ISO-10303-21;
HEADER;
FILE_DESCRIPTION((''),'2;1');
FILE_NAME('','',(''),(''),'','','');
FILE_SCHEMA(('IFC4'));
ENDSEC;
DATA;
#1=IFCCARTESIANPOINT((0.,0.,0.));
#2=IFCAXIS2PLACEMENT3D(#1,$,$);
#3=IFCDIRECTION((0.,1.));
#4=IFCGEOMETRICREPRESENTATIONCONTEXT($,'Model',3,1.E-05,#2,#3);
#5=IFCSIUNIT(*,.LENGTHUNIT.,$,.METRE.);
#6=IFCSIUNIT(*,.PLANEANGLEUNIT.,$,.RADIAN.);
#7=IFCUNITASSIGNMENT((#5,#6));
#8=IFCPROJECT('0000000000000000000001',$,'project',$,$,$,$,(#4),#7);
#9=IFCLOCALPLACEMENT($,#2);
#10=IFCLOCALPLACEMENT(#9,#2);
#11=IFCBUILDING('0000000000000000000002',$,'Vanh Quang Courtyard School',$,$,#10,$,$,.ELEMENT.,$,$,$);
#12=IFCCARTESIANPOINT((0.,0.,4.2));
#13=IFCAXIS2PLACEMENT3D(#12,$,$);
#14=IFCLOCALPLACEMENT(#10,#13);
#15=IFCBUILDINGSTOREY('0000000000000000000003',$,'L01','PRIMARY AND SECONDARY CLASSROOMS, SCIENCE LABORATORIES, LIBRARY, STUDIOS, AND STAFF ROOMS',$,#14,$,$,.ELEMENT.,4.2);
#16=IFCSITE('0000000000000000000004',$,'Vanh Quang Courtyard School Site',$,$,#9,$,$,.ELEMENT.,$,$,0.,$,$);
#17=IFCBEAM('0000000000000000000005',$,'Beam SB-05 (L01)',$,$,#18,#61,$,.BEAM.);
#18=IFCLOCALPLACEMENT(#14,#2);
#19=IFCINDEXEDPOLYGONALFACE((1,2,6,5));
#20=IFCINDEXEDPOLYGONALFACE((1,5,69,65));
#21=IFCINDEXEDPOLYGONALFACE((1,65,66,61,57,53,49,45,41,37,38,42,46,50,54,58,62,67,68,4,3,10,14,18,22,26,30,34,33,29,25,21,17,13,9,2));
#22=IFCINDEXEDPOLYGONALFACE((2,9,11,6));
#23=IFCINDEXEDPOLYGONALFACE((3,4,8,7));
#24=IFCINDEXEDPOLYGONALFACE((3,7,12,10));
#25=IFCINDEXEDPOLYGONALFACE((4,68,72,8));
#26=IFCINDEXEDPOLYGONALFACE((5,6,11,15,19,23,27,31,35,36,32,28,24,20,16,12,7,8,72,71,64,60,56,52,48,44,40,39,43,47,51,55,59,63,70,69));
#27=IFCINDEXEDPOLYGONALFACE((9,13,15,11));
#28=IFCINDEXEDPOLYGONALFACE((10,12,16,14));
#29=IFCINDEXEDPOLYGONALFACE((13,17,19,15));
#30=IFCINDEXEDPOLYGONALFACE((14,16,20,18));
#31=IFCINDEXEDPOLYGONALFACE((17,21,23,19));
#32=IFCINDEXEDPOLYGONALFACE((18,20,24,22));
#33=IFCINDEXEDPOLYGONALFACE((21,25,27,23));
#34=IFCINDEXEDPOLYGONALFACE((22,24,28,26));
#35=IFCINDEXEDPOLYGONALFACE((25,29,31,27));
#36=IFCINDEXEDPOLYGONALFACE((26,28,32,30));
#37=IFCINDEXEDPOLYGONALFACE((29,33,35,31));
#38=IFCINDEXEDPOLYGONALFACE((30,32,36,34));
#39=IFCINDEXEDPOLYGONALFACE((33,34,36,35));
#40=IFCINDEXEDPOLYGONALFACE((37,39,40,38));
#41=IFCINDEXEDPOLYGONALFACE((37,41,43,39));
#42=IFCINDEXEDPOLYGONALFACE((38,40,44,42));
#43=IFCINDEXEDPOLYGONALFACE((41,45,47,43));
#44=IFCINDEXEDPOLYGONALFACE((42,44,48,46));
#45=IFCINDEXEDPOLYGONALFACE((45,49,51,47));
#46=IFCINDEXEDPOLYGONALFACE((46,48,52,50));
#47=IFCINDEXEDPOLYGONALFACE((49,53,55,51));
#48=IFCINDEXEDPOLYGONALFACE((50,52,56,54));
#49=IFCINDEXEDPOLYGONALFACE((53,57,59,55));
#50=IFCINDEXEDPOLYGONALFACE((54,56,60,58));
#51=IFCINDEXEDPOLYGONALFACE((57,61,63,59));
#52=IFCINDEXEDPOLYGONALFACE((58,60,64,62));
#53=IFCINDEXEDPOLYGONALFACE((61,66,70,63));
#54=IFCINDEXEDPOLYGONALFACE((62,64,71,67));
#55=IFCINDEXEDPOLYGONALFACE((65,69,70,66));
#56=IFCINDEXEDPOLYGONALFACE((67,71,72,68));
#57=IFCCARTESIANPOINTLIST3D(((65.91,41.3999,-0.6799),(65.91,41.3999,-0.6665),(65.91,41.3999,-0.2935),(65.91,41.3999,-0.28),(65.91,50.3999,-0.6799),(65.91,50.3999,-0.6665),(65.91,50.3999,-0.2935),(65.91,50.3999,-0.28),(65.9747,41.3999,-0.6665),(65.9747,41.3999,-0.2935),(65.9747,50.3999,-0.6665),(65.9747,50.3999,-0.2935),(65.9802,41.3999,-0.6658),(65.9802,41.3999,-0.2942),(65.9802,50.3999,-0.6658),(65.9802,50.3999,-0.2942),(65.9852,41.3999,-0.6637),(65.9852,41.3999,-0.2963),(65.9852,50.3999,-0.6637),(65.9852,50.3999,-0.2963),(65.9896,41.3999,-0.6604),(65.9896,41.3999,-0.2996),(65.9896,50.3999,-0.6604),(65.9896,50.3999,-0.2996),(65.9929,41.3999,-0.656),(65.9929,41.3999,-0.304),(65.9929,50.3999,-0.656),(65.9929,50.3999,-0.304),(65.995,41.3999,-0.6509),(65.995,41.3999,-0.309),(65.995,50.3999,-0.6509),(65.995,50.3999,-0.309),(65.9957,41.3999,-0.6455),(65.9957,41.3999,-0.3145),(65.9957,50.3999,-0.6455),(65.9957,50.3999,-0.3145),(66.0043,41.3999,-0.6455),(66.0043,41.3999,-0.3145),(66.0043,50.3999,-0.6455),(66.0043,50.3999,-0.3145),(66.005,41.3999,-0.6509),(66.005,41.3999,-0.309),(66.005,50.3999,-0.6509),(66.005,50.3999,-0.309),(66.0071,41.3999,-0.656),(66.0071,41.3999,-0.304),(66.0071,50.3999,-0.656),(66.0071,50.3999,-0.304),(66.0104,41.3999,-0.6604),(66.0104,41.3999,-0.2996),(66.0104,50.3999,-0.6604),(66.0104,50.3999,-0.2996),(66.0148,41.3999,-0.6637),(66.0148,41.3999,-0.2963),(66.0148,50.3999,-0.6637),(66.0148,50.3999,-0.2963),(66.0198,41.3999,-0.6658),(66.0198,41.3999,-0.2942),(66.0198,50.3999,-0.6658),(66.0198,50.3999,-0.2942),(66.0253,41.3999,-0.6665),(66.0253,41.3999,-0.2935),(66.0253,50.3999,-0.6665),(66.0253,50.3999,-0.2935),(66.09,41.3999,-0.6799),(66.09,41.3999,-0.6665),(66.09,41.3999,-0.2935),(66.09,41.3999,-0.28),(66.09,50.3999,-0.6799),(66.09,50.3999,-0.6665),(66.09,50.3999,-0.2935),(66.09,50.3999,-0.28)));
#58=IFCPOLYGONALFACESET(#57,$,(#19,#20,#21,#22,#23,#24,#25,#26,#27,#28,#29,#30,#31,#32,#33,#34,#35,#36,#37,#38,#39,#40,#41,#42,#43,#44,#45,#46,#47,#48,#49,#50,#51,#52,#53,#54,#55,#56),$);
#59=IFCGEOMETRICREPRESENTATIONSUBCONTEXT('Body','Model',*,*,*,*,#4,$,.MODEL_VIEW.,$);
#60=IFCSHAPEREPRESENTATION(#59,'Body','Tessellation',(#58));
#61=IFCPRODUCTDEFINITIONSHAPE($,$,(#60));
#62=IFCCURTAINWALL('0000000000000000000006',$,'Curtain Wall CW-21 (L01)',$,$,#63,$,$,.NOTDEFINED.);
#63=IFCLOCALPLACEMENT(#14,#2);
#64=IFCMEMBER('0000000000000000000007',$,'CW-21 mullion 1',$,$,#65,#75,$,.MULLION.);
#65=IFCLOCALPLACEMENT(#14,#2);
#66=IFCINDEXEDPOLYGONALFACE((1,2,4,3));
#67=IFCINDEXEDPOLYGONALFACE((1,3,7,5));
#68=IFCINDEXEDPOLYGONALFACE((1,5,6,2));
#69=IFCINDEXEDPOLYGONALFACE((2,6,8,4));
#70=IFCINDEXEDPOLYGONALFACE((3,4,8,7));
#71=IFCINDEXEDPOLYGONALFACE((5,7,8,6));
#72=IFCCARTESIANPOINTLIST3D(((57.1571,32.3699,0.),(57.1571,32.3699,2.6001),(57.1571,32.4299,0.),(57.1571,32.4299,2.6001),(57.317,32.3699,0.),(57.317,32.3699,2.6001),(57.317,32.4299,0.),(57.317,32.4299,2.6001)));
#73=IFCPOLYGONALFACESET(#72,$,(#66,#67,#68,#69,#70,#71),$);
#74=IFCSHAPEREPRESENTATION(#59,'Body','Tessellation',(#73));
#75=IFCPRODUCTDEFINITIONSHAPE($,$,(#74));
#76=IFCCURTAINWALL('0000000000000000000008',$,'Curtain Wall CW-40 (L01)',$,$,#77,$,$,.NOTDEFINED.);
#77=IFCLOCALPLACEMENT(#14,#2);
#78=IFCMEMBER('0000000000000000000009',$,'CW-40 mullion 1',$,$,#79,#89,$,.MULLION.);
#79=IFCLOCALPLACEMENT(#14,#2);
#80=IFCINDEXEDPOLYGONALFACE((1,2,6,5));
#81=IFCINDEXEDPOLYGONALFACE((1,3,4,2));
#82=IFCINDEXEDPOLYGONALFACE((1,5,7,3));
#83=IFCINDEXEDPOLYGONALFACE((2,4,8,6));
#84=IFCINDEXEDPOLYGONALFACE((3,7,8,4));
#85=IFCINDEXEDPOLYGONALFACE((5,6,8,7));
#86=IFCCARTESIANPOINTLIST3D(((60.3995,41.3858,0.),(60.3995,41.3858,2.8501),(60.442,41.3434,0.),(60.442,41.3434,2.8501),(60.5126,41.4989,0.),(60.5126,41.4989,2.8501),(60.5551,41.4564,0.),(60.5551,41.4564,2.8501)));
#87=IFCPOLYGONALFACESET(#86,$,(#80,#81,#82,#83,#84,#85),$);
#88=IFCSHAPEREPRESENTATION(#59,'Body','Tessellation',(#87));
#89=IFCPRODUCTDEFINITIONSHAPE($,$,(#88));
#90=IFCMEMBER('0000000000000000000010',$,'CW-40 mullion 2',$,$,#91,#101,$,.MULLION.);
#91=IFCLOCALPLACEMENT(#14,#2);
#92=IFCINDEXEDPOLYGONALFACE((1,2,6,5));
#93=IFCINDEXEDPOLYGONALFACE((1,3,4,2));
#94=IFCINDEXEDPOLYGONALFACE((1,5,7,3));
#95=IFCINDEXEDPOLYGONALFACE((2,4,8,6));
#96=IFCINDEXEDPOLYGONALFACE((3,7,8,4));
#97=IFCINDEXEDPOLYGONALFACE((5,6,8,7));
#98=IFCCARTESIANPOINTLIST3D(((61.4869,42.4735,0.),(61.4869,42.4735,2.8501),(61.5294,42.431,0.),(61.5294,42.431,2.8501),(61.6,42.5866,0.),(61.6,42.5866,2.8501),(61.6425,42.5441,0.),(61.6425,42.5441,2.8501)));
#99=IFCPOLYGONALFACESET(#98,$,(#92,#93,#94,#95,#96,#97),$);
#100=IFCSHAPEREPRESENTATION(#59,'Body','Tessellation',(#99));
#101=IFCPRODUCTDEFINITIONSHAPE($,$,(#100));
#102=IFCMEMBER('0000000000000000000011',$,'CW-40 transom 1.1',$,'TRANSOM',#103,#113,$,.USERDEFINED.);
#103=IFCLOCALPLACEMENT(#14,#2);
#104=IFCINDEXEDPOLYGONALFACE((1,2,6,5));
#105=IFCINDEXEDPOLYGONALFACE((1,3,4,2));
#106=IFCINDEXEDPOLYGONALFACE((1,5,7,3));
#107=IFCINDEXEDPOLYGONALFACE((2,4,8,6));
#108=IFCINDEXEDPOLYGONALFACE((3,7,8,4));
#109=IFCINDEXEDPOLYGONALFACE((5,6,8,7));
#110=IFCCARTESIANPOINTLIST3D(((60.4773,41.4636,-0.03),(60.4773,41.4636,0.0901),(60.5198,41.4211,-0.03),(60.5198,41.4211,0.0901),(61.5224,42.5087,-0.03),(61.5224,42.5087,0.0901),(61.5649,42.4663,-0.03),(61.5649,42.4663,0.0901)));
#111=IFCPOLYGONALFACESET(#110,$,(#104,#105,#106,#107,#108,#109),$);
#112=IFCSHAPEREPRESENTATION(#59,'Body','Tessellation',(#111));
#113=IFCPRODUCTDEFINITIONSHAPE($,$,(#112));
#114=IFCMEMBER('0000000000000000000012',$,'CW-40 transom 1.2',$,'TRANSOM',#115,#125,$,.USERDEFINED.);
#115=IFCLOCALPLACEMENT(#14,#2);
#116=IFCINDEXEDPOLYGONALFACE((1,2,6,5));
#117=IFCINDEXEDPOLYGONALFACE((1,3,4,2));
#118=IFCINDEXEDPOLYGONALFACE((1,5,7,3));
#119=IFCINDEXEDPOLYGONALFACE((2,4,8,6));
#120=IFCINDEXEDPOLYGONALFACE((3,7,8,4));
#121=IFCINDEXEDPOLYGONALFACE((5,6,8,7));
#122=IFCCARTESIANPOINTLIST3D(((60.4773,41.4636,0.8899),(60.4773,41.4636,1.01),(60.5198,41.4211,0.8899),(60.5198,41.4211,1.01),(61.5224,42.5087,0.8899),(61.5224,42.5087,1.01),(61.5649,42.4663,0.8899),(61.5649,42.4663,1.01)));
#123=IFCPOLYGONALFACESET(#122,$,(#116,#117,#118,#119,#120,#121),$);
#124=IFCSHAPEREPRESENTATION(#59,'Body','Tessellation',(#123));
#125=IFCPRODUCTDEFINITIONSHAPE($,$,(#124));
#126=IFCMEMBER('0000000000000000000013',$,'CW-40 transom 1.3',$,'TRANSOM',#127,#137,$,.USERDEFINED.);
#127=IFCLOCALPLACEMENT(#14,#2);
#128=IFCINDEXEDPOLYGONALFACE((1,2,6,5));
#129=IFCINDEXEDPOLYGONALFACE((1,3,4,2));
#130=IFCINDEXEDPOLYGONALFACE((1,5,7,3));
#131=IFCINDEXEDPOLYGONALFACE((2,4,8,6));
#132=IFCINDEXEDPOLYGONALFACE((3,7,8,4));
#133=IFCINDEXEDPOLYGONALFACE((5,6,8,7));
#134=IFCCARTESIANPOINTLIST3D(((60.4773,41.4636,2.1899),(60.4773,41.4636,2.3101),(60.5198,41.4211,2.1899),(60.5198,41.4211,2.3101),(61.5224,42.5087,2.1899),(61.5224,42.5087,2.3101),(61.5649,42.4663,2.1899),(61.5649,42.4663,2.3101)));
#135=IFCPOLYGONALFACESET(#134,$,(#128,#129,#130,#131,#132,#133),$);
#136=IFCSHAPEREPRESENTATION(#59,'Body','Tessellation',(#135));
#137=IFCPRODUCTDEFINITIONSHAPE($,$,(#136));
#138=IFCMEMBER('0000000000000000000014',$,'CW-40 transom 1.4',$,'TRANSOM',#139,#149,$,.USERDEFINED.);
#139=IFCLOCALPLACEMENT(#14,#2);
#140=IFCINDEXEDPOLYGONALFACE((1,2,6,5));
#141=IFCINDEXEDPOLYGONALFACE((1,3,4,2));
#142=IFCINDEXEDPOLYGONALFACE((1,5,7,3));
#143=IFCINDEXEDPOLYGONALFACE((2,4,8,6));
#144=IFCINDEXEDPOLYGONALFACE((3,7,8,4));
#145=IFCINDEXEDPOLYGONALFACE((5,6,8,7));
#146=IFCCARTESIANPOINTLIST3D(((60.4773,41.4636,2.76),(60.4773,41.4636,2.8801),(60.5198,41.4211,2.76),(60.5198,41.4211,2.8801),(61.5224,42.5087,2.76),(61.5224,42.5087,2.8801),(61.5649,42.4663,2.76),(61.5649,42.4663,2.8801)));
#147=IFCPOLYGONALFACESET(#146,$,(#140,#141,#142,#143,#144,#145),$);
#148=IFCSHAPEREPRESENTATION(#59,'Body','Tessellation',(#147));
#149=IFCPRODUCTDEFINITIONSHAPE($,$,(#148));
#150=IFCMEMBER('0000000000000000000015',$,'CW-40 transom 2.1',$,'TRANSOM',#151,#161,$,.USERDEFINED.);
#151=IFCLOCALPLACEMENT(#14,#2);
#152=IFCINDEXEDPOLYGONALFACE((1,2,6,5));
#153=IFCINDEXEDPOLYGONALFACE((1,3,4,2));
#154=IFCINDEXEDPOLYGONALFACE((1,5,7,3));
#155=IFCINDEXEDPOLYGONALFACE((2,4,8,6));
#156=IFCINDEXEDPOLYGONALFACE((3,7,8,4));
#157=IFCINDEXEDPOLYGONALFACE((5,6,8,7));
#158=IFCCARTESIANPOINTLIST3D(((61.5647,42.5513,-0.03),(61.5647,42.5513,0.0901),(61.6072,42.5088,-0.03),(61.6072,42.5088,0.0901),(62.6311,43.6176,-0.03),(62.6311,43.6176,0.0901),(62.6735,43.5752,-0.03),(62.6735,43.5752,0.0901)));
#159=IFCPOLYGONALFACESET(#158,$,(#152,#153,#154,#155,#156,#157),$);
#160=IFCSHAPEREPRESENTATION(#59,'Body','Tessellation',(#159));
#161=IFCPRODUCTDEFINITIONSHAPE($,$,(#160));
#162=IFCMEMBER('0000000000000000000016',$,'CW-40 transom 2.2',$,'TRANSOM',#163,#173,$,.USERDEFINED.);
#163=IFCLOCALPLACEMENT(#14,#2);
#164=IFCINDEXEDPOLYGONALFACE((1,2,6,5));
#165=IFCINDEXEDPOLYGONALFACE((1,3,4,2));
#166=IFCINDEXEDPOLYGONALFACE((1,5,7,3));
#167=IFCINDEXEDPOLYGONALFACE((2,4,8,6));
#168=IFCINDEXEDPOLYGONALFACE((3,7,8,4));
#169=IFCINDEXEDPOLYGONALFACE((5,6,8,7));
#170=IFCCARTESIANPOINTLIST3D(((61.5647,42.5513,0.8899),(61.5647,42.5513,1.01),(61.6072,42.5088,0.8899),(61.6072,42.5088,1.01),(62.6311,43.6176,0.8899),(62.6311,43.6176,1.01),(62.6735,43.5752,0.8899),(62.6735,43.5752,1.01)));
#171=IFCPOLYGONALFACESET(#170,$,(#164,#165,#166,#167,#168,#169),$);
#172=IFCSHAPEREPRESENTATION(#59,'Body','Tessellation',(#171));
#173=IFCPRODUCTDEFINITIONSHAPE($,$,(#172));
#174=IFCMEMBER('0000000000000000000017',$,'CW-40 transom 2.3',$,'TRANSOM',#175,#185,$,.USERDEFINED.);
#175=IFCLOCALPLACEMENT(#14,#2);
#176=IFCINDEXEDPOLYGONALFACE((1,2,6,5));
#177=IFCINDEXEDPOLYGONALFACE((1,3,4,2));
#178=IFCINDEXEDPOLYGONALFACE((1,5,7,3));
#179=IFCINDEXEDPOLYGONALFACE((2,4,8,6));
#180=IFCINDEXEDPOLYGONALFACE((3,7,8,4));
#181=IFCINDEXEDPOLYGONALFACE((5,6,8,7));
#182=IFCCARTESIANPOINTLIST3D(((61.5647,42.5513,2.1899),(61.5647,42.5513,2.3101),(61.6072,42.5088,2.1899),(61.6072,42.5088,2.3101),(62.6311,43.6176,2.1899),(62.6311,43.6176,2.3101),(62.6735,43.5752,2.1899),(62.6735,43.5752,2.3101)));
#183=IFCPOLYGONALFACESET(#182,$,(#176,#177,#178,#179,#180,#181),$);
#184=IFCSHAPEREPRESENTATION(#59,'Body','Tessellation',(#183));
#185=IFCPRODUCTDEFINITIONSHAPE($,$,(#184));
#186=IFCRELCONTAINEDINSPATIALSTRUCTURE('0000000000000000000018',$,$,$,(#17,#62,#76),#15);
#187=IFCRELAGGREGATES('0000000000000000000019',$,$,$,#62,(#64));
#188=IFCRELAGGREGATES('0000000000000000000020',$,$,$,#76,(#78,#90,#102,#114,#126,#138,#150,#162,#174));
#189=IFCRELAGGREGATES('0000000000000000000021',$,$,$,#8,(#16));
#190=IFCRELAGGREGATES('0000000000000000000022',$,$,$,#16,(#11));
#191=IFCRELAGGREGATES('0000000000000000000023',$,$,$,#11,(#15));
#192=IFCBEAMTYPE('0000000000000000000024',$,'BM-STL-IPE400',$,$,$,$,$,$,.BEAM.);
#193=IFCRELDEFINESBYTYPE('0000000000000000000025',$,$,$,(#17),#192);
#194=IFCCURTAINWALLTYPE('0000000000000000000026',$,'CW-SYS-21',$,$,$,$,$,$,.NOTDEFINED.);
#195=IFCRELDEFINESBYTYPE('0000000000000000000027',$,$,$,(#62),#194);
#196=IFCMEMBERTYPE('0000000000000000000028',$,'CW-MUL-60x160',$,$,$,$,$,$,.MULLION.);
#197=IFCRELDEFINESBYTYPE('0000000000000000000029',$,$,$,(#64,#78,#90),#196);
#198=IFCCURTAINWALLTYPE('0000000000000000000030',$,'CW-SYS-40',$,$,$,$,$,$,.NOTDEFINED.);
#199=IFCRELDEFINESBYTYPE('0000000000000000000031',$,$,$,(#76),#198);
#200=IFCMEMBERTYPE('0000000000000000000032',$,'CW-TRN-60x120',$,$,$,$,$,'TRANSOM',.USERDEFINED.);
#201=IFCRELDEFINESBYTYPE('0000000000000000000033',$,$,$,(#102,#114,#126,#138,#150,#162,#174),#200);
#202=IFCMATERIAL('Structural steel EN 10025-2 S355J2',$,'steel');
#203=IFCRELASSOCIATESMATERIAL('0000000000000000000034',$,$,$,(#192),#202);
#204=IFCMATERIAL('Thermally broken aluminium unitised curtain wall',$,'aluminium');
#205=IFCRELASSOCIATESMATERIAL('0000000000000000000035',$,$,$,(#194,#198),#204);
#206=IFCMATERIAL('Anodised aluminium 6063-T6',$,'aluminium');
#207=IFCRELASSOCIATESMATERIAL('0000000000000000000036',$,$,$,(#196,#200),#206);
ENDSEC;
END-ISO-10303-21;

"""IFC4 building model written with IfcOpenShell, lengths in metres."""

from ifc_helpers import new_model, si_unit, direction, frame, origin, origin_2d, place, context, subcontext, project, spatial, rectangle, i_section, extrude, material, material_profile, profile_set, type_object, element, aggregate, save


model = new_model("IFC4")

# Units and contexts
model_context = context("Model", 3, precision=1e-05, world=origin(), true_north=direction((0.0, 1.0)))
body_context = subcontext(model_context, "Body", "Model", "MODEL_VIEW")
ifc_project = project(units=[si_unit("LENGTHUNIT", "METRE"), si_unit("PLANEANGLEUNIT", "RADIAN")], contexts=[model_context])

# Site, building, storey
site_placement = place(None, origin())
site = spatial("IfcSite", under=ifc_project, at=site_placement, Name="Vanh Quang Courtyard School Site", CompositionType="ELEMENT", RefElevation=0.0)
building_placement = place(site_placement, origin())
building = spatial("IfcBuilding", under=site, at=building_placement, Name="Vanh Quang Courtyard School", CompositionType="ELEMENT")
storey_placement = place(building_placement, frame((0.0, 0.0, 4.2)))
storey = spatial("IfcBuildingStorey", under=building, at=storey_placement, Name="L01", Description="PRIMARY AND SECONDARY CLASSROOMS, SCIENCE LABORATORIES, LIBRARY, STUDIOS, AND STAFF ROOMS", CompositionType="ELEMENT", Elevation=4.2)

# Beam
ifc_material_1 = material(Name="Structural steel EN 10025-2 S355J2", Category="steel")
ifc_material_profile_1 = material_profile(ifc_material_1, i_section(OverallWidth=0.1799, OverallDepth=0.3999, WebThickness=0.0085, FlangeThickness=0.0134, FilletRadius=0.021, at=origin_2d()), Name="IPE 400")
ifc_profile_set_1 = profile_set([ifc_material_profile_1], Name="Structural steel EN 10025-2 S355J2")
beam_type_1 = type_object("IfcBeamType", Name="BM-STL-IPE400", PredefinedType="BEAM", material=ifc_profile_set_1)
for number, where, z_axis, x_axis, name in (
    (1, (66.0, 41.3999, -0.48), (0.0, 1.0, 0.0), (-1.0, 0.0, 0.0), "Beam SB-05 (L01)"),
):
    element("IfcBeam", number, at=place(storey_placement, frame(where, z_axis=z_axis, x_axis=x_axis)), inside=storey, type_object=beam_type_1, Name=name, PredefinedType="BEAM", context=body_context, shape_type="SweptSolid", body=[
        extrude(i_section(OverallWidth=0.1799, OverallDepth=0.3999, WebThickness=0.0085, FlangeThickness=0.0134, FilletRadius=0.021, at=origin_2d()), origin(), (0.0, 0.0, 1.0), 9.0),
    ])

# Curtain wall, member
ifc_material_2 = material(Name="Thermally broken aluminium unitised curtain wall", Category="aluminium")
curtain_wall_type_1 = type_object("IfcCurtainWallType", Name="CW-SYS-21", PredefinedType="NOTDEFINED", material=ifc_material_2)
curtain_wall_1_placement = place(storey_placement, origin())
curtain_wall_1 = element("IfcCurtainWall", 2, at=curtain_wall_1_placement, inside=storey, type_object=curtain_wall_type_1, Name="Curtain Wall CW-21 (L01)", PredefinedType="NOTDEFINED")
ifc_material_3 = material(Name="Anodised aluminium 6063-T6", Category="aluminium")
ifc_material_profile_2 = material_profile(ifc_material_3, rectangle(XDim=0.0601, YDim=0.1599, at=origin_2d()), Name="ALU-MUL 60x160")
ifc_profile_set_2 = profile_set([ifc_material_profile_2], Name="Anodised aluminium 6063-T6")
member_type_1 = type_object("IfcMemberType", Name="CW-MUL-60x160", PredefinedType="MULLION", material=ifc_profile_set_2)
member_1_placement = place(storey_placement, frame((57.2371, 32.3999, 0.0), z_axis=(0.0, 0.0, 1.0), x_axis=(0.0, -1.0, 0.0)))
member_1 = element("IfcMember", 3, at=member_1_placement, type_object=member_type_1, Name="CW-21 mullion 1", PredefinedType="MULLION", context=body_context, shape_type="SweptSolid", body=[
    extrude(rectangle(XDim=0.0601, YDim=0.1599, at=origin_2d()), origin(), (0.0, 0.0, 1.0), 2.6001),
])
aggregate(curtain_wall_1, [member_1])

# Curtain wall, members
curtain_wall_type_2 = type_object("IfcCurtainWallType", Name="CW-SYS-40", PredefinedType="NOTDEFINED", material=ifc_material_2)
curtain_wall_2_placement = place(storey_placement, origin())
curtain_wall_2 = element("IfcCurtainWall", 4, at=curtain_wall_2_placement, inside=storey, type_object=curtain_wall_type_2, Name="Curtain Wall CW-40 (L01)", PredefinedType="NOTDEFINED")
member_2_placement = place(storey_placement, frame((60.4773, 41.4211, 0.0), z_axis=(0.0, 0.0, 1.0), x_axis=(-0.707107, 0.707107, 0.0)))
member_2 = element("IfcMember", 5, at=member_2_placement, type_object=member_type_1, Name="CW-40 mullion 1", PredefinedType="MULLION", context=body_context, shape_type="SweptSolid", body=[
    extrude(rectangle(XDim=0.0601, YDim=0.1599, at=origin_2d()), origin(), (0.0, 0.0, 1.0), 2.8501),
])
member_3_placement = place(storey_placement, frame((61.5647, 42.5088, 0.0), z_axis=(0.0, 0.0, 1.0), x_axis=(-0.707107, 0.707107, 0.0)))
member_3 = element("IfcMember", 6, at=member_3_placement, type_object=member_type_1, Name="CW-40 mullion 2", PredefinedType="MULLION", context=body_context, shape_type="SweptSolid", body=[
    extrude(rectangle(XDim=0.0601, YDim=0.1599, at=origin_2d()), origin(), (0.0, 0.0, 1.0), 2.8501),
])
ifc_material_profile_3 = material_profile(ifc_material_3, rectangle(XDim=0.0601, YDim=0.1201, at=origin_2d()), Name="ALU-TRN 60x120")
ifc_profile_set_3 = profile_set([ifc_material_profile_3], Name="Anodised aluminium 6063-T6")
member_type_2 = type_object("IfcMemberType", Name="CW-TRN-60x120", ElementType="TRANSOM", PredefinedType="USERDEFINED", material=ifc_profile_set_3)
member_4_placement = place(storey_placement, frame((60.4985, 41.4424, 0.03), z_axis=(0.707107, 0.707107, 0.0), x_axis=(-0.707107, 0.707107, 0.0)))
member_4 = element("IfcMember", 7, at=member_4_placement, type_object=member_type_2, Name="CW-40 transom 1.1", ObjectType="TRANSOM", PredefinedType="USERDEFINED", context=body_context, shape_type="SweptSolid", body=[
    extrude(rectangle(XDim=0.0601, YDim=0.1201, at=origin_2d()), origin(), (0.0, 0.0, 1.0), 1.478),
])
member_5_placement = place(storey_placement, frame((60.4985, 41.4424, 0.95), z_axis=(0.707107, 0.707107, 0.0), x_axis=(-0.707107, 0.707107, 0.0)))
member_5 = element("IfcMember", 8, at=member_5_placement, type_object=member_type_2, Name="CW-40 transom 1.2", ObjectType="TRANSOM", PredefinedType="USERDEFINED", context=body_context, shape_type="SweptSolid", body=[
    extrude(rectangle(XDim=0.0601, YDim=0.1201, at=origin_2d()), origin(), (0.0, 0.0, 1.0), 1.478),
])
member_6_placement = place(storey_placement, frame((60.4985, 41.4424, 2.25), z_axis=(0.707107, 0.707107, 0.0), x_axis=(-0.707107, 0.707107, 0.0)))
member_6 = element("IfcMember", 9, at=member_6_placement, type_object=member_type_2, Name="CW-40 transom 1.3", ObjectType="TRANSOM", PredefinedType="USERDEFINED", context=body_context, shape_type="SweptSolid", body=[
    extrude(rectangle(XDim=0.0601, YDim=0.1201, at=origin_2d()), origin(), (0.0, 0.0, 1.0), 1.478),
])
member_7_placement = place(storey_placement, frame((60.4985, 41.4424, 2.8201), z_axis=(0.707107, 0.707107, 0.0), x_axis=(-0.707107, 0.707107, 0.0)))
member_7 = element("IfcMember", 10, at=member_7_placement, type_object=member_type_2, Name="CW-40 transom 1.4", ObjectType="TRANSOM", PredefinedType="USERDEFINED", context=body_context, shape_type="SweptSolid", body=[
    extrude(rectangle(XDim=0.0601, YDim=0.1201, at=origin_2d()), origin(), (0.0, 0.0, 1.0), 1.478),
])
member_8_placement = place(storey_placement, frame((61.5859, 42.53, 0.03), z_axis=(0.707107, 0.707107, 0.0), x_axis=(-0.707107, 0.707107, 0.0)))
member_8 = element("IfcMember", 11, at=member_8_placement, type_object=member_type_2, Name="CW-40 transom 2.1", ObjectType="TRANSOM", PredefinedType="USERDEFINED", context=body_context, shape_type="SweptSolid", body=[
    extrude(rectangle(XDim=0.0601, YDim=0.1201, at=origin_2d()), origin(), (0.0, 0.0, 1.0), 1.5081),
])
member_9_placement = place(storey_placement, frame((61.5859, 42.53, 0.95), z_axis=(0.707107, 0.707107, 0.0), x_axis=(-0.707107, 0.707107, 0.0)))
member_9 = element("IfcMember", 12, at=member_9_placement, type_object=member_type_2, Name="CW-40 transom 2.2", ObjectType="TRANSOM", PredefinedType="USERDEFINED", context=body_context, shape_type="SweptSolid", body=[
    extrude(rectangle(XDim=0.0601, YDim=0.1201, at=origin_2d()), origin(), (0.0, 0.0, 1.0), 1.5081),
])
member_10_placement = place(storey_placement, frame((61.5859, 42.53, 2.25), z_axis=(0.707107, 0.707107, 0.0), x_axis=(-0.707107, 0.707107, 0.0)))
member_10 = element("IfcMember", 13, at=member_10_placement, type_object=member_type_2, Name="CW-40 transom 2.3", ObjectType="TRANSOM", PredefinedType="USERDEFINED", context=body_context, shape_type="SweptSolid", body=[
    extrude(rectangle(XDim=0.0601, YDim=0.1201, at=origin_2d()), origin(), (0.0, 0.0, 1.0), 1.5081),
])

aggregate(curtain_wall_2, [member_2, member_3, member_4, member_5, member_6, member_7, member_8, member_9, member_10])

save(model, "model.ifc")
